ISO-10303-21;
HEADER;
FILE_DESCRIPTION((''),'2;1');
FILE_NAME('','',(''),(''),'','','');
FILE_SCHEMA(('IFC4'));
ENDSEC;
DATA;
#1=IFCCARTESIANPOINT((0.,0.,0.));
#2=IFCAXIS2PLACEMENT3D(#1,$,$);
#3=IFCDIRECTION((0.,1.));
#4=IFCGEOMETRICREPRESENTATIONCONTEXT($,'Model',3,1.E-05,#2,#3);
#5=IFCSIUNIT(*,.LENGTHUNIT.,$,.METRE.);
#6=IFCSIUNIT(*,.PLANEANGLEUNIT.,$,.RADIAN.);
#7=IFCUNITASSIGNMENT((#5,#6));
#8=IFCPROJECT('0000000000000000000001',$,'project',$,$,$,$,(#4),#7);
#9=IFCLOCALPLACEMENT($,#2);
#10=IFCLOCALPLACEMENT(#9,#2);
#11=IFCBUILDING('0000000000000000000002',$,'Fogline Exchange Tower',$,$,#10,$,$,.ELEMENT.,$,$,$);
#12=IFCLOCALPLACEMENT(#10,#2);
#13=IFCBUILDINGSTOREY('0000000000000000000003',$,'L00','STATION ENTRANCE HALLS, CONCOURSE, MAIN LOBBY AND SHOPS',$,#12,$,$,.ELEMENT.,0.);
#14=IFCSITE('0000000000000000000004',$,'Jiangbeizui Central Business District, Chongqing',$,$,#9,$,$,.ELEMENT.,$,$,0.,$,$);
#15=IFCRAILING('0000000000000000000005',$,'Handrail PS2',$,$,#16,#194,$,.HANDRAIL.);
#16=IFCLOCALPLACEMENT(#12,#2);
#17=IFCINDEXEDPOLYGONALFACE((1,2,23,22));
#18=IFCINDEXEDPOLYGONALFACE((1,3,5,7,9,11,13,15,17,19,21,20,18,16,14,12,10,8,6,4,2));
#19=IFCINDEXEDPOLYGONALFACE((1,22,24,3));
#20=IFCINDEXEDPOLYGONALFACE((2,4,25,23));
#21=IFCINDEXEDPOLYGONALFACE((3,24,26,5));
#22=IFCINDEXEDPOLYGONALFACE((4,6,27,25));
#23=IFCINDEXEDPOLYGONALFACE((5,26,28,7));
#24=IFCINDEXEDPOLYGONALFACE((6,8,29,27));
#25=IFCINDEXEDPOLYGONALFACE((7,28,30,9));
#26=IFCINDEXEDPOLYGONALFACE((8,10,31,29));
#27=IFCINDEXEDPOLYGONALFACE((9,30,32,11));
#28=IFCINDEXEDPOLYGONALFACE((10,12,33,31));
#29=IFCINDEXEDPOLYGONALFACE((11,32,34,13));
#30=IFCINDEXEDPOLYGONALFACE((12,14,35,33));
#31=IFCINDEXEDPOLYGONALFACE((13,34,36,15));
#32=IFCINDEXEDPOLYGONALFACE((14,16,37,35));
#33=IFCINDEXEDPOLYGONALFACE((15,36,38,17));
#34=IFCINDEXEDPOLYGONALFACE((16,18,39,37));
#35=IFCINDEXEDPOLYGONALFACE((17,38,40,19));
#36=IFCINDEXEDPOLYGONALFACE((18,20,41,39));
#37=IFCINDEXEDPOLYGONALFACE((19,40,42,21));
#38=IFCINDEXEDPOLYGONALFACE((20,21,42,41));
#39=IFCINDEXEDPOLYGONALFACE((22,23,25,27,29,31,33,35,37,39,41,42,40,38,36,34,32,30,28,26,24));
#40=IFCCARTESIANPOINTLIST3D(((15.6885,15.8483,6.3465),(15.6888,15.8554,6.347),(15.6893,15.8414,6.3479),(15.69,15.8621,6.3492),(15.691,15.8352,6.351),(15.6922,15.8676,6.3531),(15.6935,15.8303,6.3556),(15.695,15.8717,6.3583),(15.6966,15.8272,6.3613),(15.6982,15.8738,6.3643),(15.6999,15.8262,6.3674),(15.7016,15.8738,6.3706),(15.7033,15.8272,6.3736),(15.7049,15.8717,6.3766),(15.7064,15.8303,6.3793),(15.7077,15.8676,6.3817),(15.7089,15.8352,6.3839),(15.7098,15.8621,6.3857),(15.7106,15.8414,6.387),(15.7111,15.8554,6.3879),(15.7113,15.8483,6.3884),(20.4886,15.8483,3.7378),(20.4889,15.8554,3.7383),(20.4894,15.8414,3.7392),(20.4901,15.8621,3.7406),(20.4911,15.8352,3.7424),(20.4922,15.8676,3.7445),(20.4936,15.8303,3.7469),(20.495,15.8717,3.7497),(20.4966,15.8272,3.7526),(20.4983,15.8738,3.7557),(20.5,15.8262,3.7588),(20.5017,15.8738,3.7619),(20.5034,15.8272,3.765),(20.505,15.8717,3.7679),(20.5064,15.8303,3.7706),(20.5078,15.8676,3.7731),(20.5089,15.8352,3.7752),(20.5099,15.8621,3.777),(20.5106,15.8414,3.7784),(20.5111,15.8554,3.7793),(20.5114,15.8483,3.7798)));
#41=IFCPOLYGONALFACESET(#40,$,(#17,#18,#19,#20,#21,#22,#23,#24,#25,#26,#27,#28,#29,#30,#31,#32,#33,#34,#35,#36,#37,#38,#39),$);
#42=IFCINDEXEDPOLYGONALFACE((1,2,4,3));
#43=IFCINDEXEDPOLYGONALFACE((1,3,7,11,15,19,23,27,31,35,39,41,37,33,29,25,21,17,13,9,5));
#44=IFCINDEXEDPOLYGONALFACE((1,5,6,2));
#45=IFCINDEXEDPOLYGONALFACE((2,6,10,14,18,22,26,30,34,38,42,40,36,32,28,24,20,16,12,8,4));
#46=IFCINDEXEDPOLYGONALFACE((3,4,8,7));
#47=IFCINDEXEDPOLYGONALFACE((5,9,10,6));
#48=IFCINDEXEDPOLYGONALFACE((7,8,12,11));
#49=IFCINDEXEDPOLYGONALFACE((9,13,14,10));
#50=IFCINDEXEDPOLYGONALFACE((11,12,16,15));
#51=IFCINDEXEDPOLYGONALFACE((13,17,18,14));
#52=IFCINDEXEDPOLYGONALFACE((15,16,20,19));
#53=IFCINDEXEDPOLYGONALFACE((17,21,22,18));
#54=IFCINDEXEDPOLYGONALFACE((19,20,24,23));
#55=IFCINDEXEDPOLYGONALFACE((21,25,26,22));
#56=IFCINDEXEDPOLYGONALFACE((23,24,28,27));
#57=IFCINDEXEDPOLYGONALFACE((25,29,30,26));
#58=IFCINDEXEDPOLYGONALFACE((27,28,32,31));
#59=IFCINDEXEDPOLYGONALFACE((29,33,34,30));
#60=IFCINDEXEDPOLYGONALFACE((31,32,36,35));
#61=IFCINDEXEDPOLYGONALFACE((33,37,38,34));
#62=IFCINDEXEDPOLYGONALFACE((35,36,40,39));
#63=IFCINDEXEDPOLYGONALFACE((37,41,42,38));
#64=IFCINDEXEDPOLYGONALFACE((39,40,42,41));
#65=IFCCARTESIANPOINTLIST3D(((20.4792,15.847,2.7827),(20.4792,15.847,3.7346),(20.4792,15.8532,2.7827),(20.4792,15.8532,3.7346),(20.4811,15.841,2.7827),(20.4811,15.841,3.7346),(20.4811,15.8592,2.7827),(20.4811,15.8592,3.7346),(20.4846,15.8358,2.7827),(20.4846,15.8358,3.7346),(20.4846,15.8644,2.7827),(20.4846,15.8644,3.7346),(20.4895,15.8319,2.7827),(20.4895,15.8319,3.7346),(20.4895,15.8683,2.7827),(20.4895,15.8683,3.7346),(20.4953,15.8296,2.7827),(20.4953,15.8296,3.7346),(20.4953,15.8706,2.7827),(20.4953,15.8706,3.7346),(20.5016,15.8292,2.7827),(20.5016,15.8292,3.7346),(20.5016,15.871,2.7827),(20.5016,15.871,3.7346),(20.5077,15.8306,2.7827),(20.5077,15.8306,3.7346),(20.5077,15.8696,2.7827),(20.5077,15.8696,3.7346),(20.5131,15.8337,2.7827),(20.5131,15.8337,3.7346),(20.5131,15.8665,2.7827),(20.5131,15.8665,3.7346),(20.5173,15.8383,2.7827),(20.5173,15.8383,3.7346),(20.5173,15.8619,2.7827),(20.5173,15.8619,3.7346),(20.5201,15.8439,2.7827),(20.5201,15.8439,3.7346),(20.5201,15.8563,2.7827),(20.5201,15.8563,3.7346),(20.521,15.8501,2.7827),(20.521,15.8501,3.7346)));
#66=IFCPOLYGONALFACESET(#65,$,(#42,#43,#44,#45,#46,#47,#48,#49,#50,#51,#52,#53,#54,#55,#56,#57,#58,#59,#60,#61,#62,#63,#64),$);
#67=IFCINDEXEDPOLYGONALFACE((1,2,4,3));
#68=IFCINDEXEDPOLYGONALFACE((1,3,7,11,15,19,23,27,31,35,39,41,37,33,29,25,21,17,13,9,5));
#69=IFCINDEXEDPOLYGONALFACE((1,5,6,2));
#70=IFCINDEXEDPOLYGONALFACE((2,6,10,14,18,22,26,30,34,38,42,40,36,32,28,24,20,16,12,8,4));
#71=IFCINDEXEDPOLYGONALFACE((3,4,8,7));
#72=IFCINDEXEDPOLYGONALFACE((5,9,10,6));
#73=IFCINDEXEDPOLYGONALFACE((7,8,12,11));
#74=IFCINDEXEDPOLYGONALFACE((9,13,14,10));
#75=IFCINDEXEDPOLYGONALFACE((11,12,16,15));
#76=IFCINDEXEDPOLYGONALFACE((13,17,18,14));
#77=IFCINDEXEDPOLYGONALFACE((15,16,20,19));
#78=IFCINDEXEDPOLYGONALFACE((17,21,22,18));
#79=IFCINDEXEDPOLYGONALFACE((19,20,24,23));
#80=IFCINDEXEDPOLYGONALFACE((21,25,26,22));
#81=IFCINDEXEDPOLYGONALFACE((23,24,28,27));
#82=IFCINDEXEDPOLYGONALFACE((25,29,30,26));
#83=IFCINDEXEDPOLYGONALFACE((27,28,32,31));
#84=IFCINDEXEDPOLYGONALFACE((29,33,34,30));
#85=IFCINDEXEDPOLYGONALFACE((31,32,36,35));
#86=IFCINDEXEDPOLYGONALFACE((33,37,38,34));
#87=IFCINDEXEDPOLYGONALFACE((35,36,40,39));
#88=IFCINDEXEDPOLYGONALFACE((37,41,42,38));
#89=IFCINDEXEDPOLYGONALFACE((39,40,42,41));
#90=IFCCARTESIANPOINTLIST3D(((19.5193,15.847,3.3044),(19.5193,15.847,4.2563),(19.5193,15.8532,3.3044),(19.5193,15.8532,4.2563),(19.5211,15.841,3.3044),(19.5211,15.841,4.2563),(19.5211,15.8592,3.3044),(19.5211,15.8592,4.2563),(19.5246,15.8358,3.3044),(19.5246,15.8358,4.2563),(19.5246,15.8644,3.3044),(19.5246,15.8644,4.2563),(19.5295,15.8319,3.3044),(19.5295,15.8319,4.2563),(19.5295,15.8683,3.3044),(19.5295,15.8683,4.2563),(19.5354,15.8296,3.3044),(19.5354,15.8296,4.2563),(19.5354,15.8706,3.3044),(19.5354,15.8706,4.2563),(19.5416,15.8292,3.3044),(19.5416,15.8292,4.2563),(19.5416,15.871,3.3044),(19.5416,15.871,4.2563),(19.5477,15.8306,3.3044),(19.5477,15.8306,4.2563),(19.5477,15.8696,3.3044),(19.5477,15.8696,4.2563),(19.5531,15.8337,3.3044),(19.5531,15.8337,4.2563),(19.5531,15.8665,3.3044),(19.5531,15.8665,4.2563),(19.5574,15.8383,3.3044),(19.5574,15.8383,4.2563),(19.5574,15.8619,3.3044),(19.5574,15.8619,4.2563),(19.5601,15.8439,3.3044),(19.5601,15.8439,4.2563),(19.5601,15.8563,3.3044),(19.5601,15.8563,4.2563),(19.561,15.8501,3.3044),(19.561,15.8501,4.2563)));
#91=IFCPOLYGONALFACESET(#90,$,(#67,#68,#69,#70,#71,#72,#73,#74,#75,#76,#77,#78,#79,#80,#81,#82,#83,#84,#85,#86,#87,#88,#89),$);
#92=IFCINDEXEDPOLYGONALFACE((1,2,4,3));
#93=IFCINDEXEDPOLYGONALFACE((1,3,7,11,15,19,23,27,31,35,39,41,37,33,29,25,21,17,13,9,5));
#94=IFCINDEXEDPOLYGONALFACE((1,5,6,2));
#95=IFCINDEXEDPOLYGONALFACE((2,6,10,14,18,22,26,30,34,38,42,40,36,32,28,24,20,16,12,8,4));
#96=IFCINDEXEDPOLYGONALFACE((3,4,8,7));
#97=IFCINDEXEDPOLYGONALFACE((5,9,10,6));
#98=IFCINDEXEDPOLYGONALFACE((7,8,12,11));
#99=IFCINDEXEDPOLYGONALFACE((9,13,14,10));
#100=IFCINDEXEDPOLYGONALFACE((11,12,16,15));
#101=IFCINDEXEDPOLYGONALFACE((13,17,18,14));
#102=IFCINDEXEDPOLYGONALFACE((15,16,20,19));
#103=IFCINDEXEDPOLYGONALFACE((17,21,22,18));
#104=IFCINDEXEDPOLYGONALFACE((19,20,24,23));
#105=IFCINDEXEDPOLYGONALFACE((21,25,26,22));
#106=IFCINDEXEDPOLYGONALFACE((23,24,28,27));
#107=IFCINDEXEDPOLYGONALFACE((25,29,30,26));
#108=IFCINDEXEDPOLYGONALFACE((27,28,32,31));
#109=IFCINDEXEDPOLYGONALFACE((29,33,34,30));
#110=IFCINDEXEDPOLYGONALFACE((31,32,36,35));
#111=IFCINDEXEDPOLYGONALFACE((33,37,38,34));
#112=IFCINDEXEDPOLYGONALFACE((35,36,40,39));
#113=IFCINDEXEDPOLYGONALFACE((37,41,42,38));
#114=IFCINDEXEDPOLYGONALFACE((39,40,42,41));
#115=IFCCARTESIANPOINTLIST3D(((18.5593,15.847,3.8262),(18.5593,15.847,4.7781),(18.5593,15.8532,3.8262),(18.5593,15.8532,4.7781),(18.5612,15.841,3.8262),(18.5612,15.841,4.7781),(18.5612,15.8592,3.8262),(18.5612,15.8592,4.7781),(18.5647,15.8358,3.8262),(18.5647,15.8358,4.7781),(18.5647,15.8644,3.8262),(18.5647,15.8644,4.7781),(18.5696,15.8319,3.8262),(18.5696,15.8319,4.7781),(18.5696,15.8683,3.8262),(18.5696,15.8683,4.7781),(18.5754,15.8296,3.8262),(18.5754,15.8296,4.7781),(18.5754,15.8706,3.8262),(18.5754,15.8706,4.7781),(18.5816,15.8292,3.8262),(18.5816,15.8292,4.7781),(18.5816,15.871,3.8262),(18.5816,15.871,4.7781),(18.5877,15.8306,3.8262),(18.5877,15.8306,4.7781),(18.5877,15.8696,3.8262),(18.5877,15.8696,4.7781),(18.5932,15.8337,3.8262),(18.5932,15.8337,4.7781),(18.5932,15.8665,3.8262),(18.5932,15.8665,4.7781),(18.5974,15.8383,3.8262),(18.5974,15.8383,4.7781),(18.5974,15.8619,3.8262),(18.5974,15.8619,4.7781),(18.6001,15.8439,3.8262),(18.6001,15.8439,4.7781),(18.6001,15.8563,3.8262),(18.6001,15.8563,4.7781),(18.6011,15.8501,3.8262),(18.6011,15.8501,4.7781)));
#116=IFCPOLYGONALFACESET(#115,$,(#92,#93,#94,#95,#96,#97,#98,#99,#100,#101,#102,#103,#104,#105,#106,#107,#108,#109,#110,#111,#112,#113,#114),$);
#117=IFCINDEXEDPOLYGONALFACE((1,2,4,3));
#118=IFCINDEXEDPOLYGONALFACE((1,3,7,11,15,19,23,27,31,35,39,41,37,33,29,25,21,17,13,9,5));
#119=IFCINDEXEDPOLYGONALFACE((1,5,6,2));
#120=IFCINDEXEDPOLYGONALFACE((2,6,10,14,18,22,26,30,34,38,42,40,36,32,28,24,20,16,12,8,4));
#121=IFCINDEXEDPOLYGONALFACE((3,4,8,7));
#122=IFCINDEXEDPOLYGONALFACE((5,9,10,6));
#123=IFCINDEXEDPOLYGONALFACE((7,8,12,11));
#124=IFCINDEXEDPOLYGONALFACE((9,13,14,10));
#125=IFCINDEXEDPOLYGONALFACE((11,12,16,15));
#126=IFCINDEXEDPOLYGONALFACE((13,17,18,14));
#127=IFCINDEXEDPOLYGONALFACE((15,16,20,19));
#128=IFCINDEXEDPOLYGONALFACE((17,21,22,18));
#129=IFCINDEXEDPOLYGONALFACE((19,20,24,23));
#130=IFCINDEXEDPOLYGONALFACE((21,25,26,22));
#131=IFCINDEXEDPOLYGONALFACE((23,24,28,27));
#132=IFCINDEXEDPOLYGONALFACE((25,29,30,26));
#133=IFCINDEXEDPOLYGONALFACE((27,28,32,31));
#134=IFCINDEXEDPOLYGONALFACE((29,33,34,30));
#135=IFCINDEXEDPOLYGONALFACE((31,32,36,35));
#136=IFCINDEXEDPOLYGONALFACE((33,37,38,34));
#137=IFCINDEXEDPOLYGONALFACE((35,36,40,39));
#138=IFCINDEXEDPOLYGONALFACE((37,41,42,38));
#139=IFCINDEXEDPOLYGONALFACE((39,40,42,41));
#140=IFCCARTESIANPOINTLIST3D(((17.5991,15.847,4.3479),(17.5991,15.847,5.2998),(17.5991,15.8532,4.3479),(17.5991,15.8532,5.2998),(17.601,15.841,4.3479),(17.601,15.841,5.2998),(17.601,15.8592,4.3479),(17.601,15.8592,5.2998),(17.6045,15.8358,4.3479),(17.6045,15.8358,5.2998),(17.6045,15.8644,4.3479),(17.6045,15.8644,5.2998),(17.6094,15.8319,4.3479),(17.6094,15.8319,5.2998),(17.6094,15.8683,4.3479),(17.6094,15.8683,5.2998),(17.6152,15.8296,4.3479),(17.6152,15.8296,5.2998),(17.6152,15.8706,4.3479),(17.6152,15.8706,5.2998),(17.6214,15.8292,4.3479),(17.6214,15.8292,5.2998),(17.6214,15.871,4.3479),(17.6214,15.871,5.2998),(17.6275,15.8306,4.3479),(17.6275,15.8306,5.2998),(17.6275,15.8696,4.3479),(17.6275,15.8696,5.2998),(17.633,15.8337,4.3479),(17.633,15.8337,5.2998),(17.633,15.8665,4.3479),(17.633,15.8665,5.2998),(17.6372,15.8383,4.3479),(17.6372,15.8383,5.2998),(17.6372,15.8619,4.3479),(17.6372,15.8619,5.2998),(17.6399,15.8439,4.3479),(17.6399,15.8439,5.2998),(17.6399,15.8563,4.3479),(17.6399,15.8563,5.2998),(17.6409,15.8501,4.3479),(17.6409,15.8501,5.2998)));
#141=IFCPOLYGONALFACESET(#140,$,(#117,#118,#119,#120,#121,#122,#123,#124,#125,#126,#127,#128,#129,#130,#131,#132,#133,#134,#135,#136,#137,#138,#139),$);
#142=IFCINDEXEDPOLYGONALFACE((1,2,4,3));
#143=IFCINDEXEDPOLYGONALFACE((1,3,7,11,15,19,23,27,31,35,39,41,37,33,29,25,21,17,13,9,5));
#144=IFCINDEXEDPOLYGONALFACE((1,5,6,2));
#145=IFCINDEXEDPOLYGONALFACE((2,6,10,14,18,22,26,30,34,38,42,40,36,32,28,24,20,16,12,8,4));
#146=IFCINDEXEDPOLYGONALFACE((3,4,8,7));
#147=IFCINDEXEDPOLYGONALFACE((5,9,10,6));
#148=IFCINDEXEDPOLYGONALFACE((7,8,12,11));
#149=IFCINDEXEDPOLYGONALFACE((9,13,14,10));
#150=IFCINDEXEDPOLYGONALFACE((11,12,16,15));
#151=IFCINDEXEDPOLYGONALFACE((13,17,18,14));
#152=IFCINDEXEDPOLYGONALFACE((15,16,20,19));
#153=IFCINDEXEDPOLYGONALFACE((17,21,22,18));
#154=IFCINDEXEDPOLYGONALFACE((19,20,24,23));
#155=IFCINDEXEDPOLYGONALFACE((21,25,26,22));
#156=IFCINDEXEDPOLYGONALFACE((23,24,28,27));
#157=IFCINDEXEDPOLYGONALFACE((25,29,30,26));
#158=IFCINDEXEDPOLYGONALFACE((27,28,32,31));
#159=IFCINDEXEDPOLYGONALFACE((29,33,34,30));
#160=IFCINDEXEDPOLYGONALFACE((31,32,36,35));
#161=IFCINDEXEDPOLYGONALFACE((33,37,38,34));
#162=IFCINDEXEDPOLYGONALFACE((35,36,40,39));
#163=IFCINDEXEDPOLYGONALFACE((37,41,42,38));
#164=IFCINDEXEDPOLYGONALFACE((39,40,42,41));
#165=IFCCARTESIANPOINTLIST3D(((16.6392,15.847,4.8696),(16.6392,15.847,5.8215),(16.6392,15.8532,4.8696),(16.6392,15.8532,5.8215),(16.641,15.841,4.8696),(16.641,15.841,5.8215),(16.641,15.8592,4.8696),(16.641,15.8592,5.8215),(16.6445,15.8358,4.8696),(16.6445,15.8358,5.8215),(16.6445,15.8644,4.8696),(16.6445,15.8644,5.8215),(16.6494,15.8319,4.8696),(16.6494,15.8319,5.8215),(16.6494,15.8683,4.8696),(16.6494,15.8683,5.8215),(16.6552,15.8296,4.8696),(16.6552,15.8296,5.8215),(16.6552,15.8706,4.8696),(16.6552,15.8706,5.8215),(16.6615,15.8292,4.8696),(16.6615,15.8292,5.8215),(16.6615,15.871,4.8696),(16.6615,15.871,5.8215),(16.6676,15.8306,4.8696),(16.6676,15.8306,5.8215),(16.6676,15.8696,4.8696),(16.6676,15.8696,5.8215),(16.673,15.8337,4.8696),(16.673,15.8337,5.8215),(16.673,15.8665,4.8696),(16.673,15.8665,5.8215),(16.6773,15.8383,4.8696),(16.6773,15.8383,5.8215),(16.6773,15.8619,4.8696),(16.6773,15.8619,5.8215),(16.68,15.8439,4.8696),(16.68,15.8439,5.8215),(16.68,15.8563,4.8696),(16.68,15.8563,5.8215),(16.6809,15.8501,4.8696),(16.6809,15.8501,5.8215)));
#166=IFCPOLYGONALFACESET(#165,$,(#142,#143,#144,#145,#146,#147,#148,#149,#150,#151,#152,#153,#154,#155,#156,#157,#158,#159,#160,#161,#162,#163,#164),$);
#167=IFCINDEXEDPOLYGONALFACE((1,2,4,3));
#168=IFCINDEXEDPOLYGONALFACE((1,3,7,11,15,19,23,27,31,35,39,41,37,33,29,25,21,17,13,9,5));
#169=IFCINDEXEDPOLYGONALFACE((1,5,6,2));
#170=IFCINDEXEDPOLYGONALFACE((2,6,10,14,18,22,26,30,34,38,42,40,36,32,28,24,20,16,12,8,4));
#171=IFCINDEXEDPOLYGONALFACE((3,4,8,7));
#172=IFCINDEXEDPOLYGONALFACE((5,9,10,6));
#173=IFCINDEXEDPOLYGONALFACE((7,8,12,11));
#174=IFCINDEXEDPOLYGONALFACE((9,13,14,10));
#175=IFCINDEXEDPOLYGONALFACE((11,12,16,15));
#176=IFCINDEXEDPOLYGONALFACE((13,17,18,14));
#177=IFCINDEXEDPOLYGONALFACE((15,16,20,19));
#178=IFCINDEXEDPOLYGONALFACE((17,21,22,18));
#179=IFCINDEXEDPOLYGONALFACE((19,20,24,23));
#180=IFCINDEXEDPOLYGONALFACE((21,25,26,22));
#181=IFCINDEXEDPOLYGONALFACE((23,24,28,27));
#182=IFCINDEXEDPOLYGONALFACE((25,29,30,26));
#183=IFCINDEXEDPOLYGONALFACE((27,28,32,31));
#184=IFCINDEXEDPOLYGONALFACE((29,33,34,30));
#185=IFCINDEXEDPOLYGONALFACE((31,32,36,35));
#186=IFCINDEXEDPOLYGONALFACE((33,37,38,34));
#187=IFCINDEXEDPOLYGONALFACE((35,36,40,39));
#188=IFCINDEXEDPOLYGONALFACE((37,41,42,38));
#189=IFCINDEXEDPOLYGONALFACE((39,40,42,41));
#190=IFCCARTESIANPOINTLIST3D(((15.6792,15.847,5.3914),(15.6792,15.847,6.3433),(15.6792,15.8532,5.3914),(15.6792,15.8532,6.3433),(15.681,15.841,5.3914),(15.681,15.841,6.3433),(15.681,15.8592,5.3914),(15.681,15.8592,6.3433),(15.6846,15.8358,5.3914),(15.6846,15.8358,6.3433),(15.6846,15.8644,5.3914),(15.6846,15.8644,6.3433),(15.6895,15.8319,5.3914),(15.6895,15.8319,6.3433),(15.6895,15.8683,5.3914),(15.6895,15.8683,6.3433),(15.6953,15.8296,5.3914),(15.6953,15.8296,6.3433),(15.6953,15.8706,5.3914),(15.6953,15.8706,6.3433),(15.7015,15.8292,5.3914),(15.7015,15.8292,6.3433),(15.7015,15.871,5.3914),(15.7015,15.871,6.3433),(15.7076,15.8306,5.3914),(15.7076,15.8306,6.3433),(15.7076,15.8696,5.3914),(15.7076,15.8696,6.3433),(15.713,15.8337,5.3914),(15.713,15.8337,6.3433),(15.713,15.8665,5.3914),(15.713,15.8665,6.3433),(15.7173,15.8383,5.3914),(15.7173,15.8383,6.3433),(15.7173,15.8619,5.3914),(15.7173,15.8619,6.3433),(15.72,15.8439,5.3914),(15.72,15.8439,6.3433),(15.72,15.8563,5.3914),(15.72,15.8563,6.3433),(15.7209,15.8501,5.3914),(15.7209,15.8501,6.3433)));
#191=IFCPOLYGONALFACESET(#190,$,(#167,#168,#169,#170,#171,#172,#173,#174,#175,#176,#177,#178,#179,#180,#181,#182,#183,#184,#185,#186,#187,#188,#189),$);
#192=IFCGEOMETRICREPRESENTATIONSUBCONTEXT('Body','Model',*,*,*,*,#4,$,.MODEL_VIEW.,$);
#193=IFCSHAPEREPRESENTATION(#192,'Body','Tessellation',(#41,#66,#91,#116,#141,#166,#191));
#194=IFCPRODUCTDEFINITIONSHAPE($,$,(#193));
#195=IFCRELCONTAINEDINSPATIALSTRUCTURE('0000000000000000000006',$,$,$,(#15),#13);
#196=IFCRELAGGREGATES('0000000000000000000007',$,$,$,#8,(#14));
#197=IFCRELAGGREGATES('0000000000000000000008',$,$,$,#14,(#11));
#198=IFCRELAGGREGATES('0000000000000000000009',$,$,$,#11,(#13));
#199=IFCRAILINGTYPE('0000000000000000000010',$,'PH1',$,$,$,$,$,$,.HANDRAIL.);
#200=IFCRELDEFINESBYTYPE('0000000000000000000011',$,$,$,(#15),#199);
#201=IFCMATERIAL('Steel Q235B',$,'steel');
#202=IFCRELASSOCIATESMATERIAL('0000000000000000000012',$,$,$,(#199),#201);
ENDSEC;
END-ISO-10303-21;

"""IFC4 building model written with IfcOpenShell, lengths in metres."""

from ifc_helpers import new_model, si_unit, direction, frame, origin, origin_2d, place, context, subcontext, project, spatial, circle, extrude, material, type_object, element, save


model = new_model("IFC4")

# Units and contexts
model_context = context("Model", 3, precision=1e-05, world=origin(), true_north=direction((0.0, 1.0)))
body_context = subcontext(model_context, "Body", "Model", "MODEL_VIEW")
ifc_project = project(units=[si_unit("LENGTHUNIT", "METRE"), si_unit("PLANEANGLEUNIT", "RADIAN")], contexts=[model_context])

# Site, building, storey
site_placement = place(None, origin())
site = spatial("IfcSite", under=ifc_project, at=site_placement, Name="Jiangbeizui Central Business District, Chongqing", CompositionType="ELEMENT", RefElevation=0.0)
building_placement = place(site_placement, origin())
building = spatial("IfcBuilding", under=site, at=building_placement, Name="Fogline Exchange Tower", CompositionType="ELEMENT")
storey_placement = place(building_placement, origin())
storey = spatial("IfcBuildingStorey", under=building, at=storey_placement, Name="L00", Description="STATION ENTRANCE HALLS, CONCOURSE, MAIN LOBBY AND SHOPS", CompositionType="ELEMENT", Elevation=0.0)

# Railing
ifc_material_1 = material(Name="Steel Q235B", Category="steel")
railing_type_1 = type_object("IfcRailingType", Name="PH1", PredefinedType="HANDRAIL", material=ifc_material_1)
for number, where, name in (
    (1, (20.5, 15.8501, 2.7827), "Handrail PS2"),
):
    element("IfcRailing", number, at=place(storey_placement, frame(where)), inside=storey, type_object=railing_type_1, Name=name, PredefinedType="HANDRAIL", context=body_context, shape_type="SweptSolid", body=[
        extrude(circle(Radius=0.0239, at=origin_2d()), frame((0.0, 0.0, 0.9761), z_axis=(-0.878631, 0.0, 0.477502), x_axis=(0.0, -1.0, 0.0)), (0.0, 0.0, 1.0), 5.4631),
        extrude(circle(Radius=0.021, at=origin_2d()), origin(), (0.0, 0.0, 1.0), 0.9519),
        extrude(circle(Radius=0.021, at=origin_2d()), frame((-0.96, 0.0, 0.5217)), (0.0, 0.0, 1.0), 0.9519),
        extrude(circle(Radius=0.021, at=origin_2d()), frame((-1.9199, 0.0, 1.0435)), (0.0, 0.0, 1.0), 0.9519),
        extrude(circle(Radius=0.021, at=origin_2d()), frame((-2.8801, 0.0, 1.5652)), (0.0, 0.0, 1.0), 0.9519),
        extrude(circle(Radius=0.021, at=origin_2d()), frame((-3.8401, 0.0, 2.0869)), (0.0, 0.0, 1.0), 0.9519),
        extrude(circle(Radius=0.021, at=origin_2d()), frame((-4.8, 0.0, 2.6086)), (0.0, 0.0, 1.0), 0.9519),
    ])

save(model, "model.ifc")
